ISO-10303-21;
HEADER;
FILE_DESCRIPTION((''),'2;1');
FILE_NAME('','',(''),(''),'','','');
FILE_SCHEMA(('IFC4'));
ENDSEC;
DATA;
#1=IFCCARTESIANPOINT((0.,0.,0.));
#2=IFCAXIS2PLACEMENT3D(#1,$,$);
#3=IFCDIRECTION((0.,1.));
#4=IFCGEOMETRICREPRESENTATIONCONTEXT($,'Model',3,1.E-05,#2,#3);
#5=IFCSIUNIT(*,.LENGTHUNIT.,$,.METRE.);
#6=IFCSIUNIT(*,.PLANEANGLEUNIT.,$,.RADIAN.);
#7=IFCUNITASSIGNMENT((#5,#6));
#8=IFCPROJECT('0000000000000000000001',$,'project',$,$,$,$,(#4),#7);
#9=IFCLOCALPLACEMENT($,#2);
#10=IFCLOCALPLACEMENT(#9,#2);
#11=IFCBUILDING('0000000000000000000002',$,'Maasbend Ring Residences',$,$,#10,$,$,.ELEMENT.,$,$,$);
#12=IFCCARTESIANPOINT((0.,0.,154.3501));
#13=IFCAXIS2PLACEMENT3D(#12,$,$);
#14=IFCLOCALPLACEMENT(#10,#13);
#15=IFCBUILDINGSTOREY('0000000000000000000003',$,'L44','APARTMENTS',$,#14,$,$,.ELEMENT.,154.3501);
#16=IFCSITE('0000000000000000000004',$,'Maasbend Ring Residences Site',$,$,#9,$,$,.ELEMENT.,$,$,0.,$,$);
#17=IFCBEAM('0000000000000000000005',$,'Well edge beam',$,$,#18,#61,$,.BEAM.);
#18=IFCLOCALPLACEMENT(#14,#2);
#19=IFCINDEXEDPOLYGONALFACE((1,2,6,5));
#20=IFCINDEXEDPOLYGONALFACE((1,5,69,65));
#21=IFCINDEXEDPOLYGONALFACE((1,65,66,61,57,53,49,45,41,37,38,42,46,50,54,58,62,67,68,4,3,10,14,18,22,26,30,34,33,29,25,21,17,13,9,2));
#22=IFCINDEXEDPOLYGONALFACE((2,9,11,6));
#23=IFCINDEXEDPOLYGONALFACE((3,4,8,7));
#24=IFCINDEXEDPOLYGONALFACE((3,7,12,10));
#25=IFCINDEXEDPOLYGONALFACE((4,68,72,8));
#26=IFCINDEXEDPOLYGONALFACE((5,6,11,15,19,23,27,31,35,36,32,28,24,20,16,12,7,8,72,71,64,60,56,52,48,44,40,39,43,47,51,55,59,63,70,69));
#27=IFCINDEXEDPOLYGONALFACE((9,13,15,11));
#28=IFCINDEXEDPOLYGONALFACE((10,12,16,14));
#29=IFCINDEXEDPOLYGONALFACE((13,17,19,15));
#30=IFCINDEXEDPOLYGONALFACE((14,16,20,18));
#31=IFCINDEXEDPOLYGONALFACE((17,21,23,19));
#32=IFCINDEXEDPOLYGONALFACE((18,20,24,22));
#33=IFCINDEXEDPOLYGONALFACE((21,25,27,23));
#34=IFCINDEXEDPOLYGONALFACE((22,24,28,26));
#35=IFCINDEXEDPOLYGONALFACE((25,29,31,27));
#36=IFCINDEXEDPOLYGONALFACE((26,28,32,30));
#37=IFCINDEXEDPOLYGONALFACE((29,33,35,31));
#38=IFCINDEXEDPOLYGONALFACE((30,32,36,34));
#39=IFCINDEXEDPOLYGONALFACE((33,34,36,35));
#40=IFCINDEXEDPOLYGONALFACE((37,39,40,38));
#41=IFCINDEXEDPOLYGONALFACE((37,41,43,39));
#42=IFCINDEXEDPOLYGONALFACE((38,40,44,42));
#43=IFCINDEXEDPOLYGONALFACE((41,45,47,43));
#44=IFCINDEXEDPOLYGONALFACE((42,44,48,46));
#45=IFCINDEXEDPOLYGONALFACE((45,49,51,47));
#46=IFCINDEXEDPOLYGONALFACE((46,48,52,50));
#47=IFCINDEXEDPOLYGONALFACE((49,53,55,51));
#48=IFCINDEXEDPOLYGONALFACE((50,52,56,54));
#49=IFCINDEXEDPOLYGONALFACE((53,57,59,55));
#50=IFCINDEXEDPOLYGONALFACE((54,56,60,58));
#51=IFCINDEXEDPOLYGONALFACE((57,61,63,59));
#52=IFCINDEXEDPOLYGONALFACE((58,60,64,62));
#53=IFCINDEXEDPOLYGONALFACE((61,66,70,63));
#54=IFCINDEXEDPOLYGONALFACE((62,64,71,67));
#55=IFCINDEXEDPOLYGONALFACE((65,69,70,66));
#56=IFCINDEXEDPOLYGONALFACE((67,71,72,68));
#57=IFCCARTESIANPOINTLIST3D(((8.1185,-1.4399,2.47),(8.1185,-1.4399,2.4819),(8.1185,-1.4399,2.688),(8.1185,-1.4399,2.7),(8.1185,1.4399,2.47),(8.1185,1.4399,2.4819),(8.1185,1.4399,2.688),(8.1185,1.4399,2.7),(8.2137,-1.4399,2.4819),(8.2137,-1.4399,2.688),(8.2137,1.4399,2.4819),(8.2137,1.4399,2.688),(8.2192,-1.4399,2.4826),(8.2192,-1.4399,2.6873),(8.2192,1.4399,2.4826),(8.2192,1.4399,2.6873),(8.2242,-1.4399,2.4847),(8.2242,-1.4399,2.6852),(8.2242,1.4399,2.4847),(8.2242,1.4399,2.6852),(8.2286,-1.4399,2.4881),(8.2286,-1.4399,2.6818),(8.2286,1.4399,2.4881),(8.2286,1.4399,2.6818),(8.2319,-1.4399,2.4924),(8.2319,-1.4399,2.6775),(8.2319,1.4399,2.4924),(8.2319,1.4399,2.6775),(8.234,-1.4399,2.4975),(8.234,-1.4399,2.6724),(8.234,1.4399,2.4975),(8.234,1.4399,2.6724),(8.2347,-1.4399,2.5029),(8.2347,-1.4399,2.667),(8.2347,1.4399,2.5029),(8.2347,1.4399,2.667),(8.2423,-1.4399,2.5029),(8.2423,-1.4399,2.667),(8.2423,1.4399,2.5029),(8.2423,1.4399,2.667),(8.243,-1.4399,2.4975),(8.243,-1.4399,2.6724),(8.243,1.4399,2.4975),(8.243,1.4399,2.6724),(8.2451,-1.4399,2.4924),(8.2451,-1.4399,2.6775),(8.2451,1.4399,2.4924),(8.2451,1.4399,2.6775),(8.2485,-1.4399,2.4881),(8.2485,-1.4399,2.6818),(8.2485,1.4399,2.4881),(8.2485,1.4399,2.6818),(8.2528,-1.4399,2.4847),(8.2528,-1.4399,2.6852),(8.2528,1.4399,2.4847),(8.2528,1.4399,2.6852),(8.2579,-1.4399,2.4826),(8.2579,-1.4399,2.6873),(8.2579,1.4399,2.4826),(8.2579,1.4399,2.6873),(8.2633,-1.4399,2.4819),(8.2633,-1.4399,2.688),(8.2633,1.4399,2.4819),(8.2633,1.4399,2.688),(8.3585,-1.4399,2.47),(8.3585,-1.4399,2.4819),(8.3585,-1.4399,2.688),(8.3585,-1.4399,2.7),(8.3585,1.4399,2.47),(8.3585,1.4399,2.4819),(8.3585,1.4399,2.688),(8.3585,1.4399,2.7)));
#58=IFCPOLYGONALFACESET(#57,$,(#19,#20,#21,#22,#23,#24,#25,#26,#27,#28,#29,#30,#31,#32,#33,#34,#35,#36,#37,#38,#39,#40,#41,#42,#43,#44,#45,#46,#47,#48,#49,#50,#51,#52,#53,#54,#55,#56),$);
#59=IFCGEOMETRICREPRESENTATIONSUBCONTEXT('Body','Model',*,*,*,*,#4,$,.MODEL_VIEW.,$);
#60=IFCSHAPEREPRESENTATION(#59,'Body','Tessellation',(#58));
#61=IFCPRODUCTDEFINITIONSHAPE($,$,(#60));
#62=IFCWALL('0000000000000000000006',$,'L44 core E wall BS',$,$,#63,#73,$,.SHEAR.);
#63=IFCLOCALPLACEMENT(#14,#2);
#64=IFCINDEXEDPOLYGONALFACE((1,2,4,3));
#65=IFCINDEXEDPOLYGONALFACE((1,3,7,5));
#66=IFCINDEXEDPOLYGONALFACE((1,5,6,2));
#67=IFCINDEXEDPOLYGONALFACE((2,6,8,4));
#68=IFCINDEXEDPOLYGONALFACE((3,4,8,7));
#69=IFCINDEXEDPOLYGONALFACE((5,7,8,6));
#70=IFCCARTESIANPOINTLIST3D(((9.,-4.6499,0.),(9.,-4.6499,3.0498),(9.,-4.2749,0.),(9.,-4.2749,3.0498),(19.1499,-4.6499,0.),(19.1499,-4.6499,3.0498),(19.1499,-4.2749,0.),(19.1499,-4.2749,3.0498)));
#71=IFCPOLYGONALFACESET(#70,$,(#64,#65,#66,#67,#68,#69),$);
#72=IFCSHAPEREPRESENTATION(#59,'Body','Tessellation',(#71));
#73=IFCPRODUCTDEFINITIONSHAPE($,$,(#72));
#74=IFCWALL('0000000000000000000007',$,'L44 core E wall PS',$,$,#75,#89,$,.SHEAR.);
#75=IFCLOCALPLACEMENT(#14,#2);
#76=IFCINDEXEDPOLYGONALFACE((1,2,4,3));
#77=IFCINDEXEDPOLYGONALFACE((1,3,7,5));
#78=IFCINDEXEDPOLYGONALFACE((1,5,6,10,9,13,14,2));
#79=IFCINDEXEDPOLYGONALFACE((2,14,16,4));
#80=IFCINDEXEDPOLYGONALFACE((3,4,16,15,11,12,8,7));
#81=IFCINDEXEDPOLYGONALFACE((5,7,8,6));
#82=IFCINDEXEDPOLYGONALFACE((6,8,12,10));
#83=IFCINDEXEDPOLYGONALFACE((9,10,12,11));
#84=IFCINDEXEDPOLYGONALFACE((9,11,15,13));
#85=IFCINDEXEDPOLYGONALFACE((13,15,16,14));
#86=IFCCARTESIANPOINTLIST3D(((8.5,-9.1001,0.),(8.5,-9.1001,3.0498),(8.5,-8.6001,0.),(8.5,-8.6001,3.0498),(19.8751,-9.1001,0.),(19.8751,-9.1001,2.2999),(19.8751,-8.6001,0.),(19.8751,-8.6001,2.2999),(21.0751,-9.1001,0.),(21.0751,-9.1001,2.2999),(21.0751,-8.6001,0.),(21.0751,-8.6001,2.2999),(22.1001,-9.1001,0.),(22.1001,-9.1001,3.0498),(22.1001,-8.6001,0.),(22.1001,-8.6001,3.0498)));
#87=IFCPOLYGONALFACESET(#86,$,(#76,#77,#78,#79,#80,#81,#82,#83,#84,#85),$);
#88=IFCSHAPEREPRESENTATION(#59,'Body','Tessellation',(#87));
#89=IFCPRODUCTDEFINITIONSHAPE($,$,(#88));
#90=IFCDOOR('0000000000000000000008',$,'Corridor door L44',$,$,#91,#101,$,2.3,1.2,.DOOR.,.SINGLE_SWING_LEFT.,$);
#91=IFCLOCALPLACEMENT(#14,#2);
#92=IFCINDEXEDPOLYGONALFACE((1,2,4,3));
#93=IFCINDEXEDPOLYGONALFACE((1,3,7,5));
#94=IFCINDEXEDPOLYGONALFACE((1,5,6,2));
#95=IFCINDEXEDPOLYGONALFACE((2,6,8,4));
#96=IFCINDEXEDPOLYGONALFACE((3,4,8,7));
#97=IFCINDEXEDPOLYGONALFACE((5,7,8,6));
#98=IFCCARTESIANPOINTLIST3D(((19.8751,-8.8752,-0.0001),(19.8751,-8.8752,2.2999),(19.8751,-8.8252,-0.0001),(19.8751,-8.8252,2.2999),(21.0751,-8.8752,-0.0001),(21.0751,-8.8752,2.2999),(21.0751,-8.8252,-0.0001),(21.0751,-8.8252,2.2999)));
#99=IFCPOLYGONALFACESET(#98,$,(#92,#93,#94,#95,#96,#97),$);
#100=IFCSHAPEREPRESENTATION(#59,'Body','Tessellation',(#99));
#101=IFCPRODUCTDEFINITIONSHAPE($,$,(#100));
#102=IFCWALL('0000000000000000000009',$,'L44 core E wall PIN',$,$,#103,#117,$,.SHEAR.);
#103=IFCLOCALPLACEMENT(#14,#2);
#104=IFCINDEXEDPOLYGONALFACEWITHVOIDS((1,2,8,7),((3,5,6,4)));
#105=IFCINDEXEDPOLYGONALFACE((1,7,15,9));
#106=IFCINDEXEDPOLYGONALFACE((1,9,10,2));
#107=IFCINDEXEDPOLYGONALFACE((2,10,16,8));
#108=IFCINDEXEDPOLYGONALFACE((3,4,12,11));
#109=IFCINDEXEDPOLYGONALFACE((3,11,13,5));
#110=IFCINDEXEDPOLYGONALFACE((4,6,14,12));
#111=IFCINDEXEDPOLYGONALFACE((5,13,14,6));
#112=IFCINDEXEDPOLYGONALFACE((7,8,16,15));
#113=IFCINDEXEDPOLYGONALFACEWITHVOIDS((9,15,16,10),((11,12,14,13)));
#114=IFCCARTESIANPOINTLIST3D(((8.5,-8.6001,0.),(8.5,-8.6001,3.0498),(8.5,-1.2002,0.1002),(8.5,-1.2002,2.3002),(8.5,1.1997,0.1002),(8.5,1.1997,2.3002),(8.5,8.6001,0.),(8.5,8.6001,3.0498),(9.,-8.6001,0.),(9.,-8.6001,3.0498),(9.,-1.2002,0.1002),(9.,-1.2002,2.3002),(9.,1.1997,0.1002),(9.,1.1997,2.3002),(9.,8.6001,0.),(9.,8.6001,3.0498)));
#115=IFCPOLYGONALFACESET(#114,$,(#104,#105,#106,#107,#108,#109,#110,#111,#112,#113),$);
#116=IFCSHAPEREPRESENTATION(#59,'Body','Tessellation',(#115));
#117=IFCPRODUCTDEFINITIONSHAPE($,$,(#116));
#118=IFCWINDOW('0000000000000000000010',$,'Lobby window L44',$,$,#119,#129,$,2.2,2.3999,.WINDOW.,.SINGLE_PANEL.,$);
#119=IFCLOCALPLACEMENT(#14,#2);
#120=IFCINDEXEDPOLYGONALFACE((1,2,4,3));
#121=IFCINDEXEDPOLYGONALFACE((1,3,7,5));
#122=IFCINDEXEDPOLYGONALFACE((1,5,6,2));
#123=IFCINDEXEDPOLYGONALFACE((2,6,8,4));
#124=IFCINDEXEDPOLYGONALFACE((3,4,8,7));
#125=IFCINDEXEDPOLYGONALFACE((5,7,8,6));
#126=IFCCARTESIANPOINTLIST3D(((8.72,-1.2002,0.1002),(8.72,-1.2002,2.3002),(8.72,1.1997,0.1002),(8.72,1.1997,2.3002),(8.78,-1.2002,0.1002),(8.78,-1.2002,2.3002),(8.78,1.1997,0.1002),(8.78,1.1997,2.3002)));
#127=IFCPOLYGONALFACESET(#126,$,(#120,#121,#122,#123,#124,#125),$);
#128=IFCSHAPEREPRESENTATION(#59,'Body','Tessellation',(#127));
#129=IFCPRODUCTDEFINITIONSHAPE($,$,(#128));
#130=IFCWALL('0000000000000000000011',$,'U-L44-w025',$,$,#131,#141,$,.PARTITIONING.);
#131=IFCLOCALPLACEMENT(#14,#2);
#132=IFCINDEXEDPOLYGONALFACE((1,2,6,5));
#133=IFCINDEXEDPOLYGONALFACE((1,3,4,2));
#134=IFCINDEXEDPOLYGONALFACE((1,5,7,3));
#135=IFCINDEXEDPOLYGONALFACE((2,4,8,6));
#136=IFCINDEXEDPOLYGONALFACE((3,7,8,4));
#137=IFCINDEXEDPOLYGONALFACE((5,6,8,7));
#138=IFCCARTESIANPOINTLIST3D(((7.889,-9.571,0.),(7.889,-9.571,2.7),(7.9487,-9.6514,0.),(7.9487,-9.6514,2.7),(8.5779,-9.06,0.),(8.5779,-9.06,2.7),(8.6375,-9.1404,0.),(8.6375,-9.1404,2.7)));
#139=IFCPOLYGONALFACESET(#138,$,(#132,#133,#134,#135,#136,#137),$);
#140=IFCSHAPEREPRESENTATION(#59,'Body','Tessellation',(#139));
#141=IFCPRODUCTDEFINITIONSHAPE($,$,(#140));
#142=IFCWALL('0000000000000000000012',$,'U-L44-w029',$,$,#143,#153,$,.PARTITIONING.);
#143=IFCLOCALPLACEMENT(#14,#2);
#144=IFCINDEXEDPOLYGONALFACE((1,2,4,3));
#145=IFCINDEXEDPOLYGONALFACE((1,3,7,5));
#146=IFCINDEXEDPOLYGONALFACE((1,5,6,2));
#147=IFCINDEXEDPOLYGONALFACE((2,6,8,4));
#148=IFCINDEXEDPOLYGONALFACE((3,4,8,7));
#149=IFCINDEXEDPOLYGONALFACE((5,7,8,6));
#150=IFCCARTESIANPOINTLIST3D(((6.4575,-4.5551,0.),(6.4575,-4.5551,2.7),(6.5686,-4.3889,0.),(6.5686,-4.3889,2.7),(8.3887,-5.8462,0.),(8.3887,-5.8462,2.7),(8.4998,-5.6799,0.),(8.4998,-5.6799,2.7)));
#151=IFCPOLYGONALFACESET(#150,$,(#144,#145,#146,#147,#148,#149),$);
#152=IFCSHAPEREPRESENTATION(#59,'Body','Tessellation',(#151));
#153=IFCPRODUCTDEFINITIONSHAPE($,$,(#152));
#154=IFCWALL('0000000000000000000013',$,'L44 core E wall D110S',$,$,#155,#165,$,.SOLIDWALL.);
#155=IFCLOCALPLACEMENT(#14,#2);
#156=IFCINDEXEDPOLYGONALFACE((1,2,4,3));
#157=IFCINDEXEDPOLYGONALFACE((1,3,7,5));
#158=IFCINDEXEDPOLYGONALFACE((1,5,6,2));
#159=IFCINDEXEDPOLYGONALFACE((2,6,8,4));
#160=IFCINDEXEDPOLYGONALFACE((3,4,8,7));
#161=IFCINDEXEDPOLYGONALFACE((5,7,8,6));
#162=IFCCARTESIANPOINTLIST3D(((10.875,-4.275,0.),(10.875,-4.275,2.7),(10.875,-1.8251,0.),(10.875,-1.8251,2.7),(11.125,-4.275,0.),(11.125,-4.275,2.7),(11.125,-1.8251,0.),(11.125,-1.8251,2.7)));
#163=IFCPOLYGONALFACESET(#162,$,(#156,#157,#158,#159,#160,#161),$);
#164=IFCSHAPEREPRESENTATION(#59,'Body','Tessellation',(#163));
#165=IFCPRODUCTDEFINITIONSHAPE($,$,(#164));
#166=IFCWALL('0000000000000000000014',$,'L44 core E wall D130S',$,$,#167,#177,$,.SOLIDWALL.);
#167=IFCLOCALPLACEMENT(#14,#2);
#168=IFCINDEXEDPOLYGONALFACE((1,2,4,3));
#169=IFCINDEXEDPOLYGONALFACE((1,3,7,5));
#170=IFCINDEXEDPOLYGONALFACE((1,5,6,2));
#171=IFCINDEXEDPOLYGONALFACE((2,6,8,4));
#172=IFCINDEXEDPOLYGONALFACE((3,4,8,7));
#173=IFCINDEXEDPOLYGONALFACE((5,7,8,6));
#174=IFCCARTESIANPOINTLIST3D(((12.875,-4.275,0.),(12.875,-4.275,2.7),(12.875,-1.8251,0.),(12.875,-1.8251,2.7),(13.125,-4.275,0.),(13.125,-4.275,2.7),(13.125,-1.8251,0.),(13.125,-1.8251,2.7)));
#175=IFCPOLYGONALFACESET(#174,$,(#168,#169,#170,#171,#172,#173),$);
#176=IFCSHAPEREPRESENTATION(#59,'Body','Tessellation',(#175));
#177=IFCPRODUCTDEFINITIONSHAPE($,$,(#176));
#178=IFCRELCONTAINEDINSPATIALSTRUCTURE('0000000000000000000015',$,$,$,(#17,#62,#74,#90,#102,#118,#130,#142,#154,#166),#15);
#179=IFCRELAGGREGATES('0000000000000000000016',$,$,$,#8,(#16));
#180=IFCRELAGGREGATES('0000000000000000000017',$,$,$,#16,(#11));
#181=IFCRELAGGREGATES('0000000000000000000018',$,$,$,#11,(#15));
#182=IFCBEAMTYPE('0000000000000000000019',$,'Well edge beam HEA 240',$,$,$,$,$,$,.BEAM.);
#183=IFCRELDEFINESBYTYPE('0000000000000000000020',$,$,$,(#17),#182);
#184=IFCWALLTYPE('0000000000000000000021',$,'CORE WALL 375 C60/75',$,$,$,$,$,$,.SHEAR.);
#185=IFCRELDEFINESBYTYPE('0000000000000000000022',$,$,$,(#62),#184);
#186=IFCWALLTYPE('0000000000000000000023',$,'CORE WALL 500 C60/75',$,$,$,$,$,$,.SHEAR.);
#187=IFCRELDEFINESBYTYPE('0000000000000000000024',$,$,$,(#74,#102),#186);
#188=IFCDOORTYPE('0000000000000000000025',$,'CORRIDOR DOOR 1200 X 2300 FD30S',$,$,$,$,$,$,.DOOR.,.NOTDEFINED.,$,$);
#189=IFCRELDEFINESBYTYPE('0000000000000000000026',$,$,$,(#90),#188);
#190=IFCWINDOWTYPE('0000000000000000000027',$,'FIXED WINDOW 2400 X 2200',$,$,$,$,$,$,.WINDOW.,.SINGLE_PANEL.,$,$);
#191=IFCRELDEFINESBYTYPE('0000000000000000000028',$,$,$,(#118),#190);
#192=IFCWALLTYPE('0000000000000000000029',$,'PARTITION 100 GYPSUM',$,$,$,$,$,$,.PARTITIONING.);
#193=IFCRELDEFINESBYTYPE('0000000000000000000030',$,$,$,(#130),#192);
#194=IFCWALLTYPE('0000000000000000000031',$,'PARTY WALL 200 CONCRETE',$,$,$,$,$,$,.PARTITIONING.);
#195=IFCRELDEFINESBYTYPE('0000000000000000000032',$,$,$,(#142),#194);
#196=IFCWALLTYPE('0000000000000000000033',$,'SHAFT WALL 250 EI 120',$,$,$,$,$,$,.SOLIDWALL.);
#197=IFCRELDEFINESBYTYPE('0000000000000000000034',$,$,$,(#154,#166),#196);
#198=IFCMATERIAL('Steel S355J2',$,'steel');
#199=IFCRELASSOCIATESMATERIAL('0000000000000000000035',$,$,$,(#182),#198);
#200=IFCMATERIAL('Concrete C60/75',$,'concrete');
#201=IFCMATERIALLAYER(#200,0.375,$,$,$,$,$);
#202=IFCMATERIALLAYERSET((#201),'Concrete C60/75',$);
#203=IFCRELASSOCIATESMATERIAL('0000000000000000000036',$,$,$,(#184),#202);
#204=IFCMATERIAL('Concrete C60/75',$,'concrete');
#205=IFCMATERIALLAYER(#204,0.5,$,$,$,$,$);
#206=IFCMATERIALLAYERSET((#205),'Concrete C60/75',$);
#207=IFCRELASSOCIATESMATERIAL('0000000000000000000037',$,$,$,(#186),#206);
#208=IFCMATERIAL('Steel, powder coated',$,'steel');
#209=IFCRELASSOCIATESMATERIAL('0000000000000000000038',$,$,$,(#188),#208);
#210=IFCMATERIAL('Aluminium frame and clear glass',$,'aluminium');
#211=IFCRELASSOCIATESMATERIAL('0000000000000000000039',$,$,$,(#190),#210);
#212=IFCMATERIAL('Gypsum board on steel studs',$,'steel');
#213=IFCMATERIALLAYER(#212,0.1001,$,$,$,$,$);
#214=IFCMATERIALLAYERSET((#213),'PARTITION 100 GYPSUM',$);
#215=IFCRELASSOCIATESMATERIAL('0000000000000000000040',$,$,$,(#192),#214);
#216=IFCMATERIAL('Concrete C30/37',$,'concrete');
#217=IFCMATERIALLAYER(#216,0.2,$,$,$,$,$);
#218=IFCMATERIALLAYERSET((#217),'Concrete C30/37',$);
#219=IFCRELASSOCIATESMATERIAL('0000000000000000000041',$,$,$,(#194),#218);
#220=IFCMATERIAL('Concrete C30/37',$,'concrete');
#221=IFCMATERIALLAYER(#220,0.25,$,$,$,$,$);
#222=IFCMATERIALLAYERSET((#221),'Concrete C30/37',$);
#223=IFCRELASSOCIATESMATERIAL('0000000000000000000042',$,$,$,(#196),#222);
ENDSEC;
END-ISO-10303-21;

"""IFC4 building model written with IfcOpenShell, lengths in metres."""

from ifc_helpers import new_model, si_unit, direction, frame, frame_2d, origin, origin_2d, place, context, subcontext, project, spatial, rectangle, i_section, extrude, material, layer, layer_set, material_profile, profile_set, type_object, element, fill, save


model = new_model("IFC4")

# Units and contexts
model_context = context("Model", 3, precision=1e-05, world=origin(), true_north=direction((0.0, 1.0)))
body_context = subcontext(model_context, "Body", "Model", "MODEL_VIEW")
ifc_project = project(units=[si_unit("LENGTHUNIT", "METRE"), si_unit("PLANEANGLEUNIT", "RADIAN")], contexts=[model_context])

# Site, building, storey
site_placement = place(None, origin())
site = spatial("IfcSite", under=ifc_project, at=site_placement, Name="Maasbend Ring Residences Site", CompositionType="ELEMENT", RefElevation=0.0)
building_placement = place(site_placement, origin())
building = spatial("IfcBuilding", under=site, at=building_placement, Name="Maasbend Ring Residences", CompositionType="ELEMENT")
storey_placement = place(building_placement, frame((0.0, 0.0, 154.3501)))
storey = spatial("IfcBuildingStorey", under=building, at=storey_placement, Name="L44", Description="APARTMENTS", CompositionType="ELEMENT", Elevation=154.3501)

# Beam
ifc_material_1 = material(Name="Steel S355J2", Category="steel")
ifc_material_profile_1 = material_profile(ifc_material_1, i_section(OverallWidth=0.24, OverallDepth=0.23, WebThickness=0.0076, FlangeThickness=0.012, FilletRadius=0.021, at=origin_2d()), Name="HEA 240")
ifc_profile_set_1 = profile_set([ifc_material_profile_1], Name="Steel S355J2")
beam_type = type_object("IfcBeamType", Name="Well edge beam HEA 240", PredefinedType="BEAM", material=ifc_profile_set_1)
for number, where, z_axis, x_axis, name in (
    (1, (8.2385, -1.4399, 2.585), (0.0, 1.0, 0.0), (-1.0, 0.0, 0.0), "Well edge beam"),
):
    element("IfcBeam", number, at=place(storey_placement, frame(where, z_axis=z_axis, x_axis=x_axis)), inside=storey, type_object=beam_type, Name=name, PredefinedType="BEAM", context=body_context, shape_type="SweptSolid", body=[
        extrude(i_section(OverallWidth=0.24, OverallDepth=0.23, WebThickness=0.0076, FlangeThickness=0.012, FilletRadius=0.021, at=origin_2d()), origin(), (0.0, 0.0, 1.0), 2.8799),
    ])

# Wall
ifc_material_2 = material(Name="Concrete C60/75", Category="concrete")
ifc_layer_1 = layer(ifc_material_2, 0.375)
ifc_layer_set_1 = layer_set([ifc_layer_1], Name="Concrete C60/75")
wall_type_1 = type_object("IfcWallType", Name="CORE WALL 375 C60/75", PredefinedType="SHEAR", material=ifc_layer_set_1)
wall_1_placement = place(storey_placement, frame((9.0, -4.4624, 0.0), z_axis=(0.0, 0.0, 1.0), x_axis=(1.0, 0.0, 0.0)))
element("IfcWall", 2, at=wall_1_placement, inside=storey, type_object=wall_type_1, Name="L44 core E wall BS", PredefinedType="SHEAR", context=body_context, shape_type="SweptSolid", body=[
    extrude(rectangle(XDim=10.1499, YDim=0.375, at=frame_2d((5.075, 0.0))), origin(), (0.0, 0.0, 1.0), 3.0498),
])

# Wall, opening, door
ifc_material_3 = material(Name="Concrete C60/75", Category="concrete")
ifc_layer_2 = layer(ifc_material_3, 0.5)
ifc_layer_set_2 = layer_set([ifc_layer_2], Name="Concrete C60/75")
wall_type_2 = type_object("IfcWallType", Name="CORE WALL 500 C60/75", PredefinedType="SHEAR", material=ifc_layer_set_2)
wall_2_placement = place(storey_placement, frame((8.5, -8.8501, 0.0), z_axis=(0.0, 0.0, 1.0), x_axis=(1.0, 0.0, 0.0)))
wall_2 = element("IfcWall", 3, at=wall_2_placement, inside=storey, type_object=wall_type_2, Name="L44 core E wall PS", PredefinedType="SHEAR", context=body_context, shape_type="SweptSolid", body=[
    extrude(rectangle(XDim=13.6001, YDim=0.5, at=frame_2d((6.8, 0.0))), origin(), (0.0, 0.0, 1.0), 3.0498),
])
opening_1_placement = place(wall_2_placement, frame((11.375, 0.0, 0.0)))
opening_1 = element("IfcOpeningElement", 4, at=opening_1_placement, cuts=wall_2, PredefinedType="OPENING", context=body_context, shape_type="SweptSolid", body=[
    extrude(rectangle(XDim=1.2, YDim=2.3, at=frame_2d((0.6001, 1.1499))), frame((0.0, 0.26, 0.0), z_axis=(0.0, -1.0, 0.0), x_axis=(1.0, 0.0, 0.0)), (0.0, 0.0, 1.0), 0.52),
])
ifc_material_4 = material(Name="Steel, powder coated", Category="steel")
door_type = type_object("IfcDoorType", Name="CORRIDOR DOOR 1200 X 2300 FD30S", OperationType="NOTDEFINED", PredefinedType="DOOR", material=ifc_material_4)
door_placement = place(opening_1_placement, origin())
door = element("IfcDoor", 5, at=door_placement, inside=storey, type_object=door_type, Name="Corridor door L44", OperationType="SINGLE_SWING_LEFT", OverallHeight=2.3, OverallWidth=1.2, PredefinedType="DOOR", context=body_context, shape_type="SweptSolid", body=[
    extrude(rectangle(XDim=1.2, YDim=2.3, at=frame_2d((0.6001, 1.1499))), frame((0.0, 0.0249, 0.0), z_axis=(0.0, -1.0, 0.0), x_axis=(1.0, 0.0, 0.0)), (0.0, 0.0, 1.0), 0.05),
])
fill(opening_1, door)

# Wall, opening, window
wall_3_placement = place(storey_placement, frame((8.75, -8.6001, 0.0), z_axis=(0.0, 0.0, 1.0), x_axis=(0.0, 1.0, 0.0)))
wall_3 = element("IfcWall", 6, at=wall_3_placement, inside=storey, type_object=wall_type_2, Name="L44 core E wall PIN", PredefinedType="SHEAR", context=body_context, shape_type="SweptSolid", body=[
    extrude(rectangle(XDim=17.2002, YDim=0.5, at=frame_2d((8.6001, 0.0))), origin(), (0.0, 0.0, 1.0), 3.0498),
])
opening_2_placement = place(wall_3_placement, frame((7.3999, 0.0, 0.1001)))
opening_2 = element("IfcOpeningElement", 7, at=opening_2_placement, cuts=wall_3, PredefinedType="OPENING", context=body_context, shape_type="SweptSolid", body=[
    extrude(rectangle(XDim=2.3999, YDim=2.2, at=frame_2d((1.2, 1.1001))), frame((0.0, 0.26, 0.0), z_axis=(0.0, -1.0, 0.0), x_axis=(1.0, 0.0, 0.0)), (0.0, 0.0, 1.0), 0.52),
])
ifc_material_5 = material(Name="Aluminium frame and clear glass", Category="aluminium")
window_type = type_object("IfcWindowType", Name="FIXED WINDOW 2400 X 2200", PartitioningType="SINGLE_PANEL", PredefinedType="WINDOW", material=ifc_material_5)
window_placement = place(opening_2_placement, origin())
window = element("IfcWindow", 8, at=window_placement, inside=storey, type_object=window_type, Name="Lobby window L44", OverallHeight=2.2, OverallWidth=2.3999, PartitioningType="SINGLE_PANEL", PredefinedType="WINDOW", context=body_context, shape_type="SweptSolid", body=[
    extrude(rectangle(XDim=2.3999, YDim=2.2, at=frame_2d((1.2, 1.1001))), frame((0.0, 0.03, 0.0), z_axis=(0.0, -1.0, 0.0), x_axis=(1.0, 0.0, 0.0)), (0.0, 0.0, 1.0), 0.0601),
])
fill(opening_2, window)

# Walls
ifc_material_6 = material(Name="Gypsum board on steel studs", Category="steel")
ifc_layer_3 = layer(ifc_material_6, 0.1001)
ifc_layer_set_3 = layer_set([ifc_layer_3], Name="PARTITION 100 GYPSUM")
wall_type_3 = type_object("IfcWallType", Name="PARTITION 100 GYPSUM", PredefinedType="PARTITIONING", material=ifc_layer_set_3)
wall_4_placement = place(storey_placement, frame((7.9189, -9.6111, 0.0), z_axis=(0.0, 0.0, 1.0), x_axis=(0.803199, 0.595711, 0.0)))
element("IfcWall", 9, at=wall_4_placement, inside=storey, type_object=wall_type_3, Name="U-L44-w025", PredefinedType="PARTITIONING", context=body_context, shape_type="SweptSolid", body=[
    extrude(rectangle(XDim=0.8577, YDim=0.1001, at=frame_2d((0.4287, 0.0))), origin(), (0.0, 0.0, 1.0), 2.7),
])
ifc_material_7 = material(Name="Concrete C30/37", Category="concrete")
ifc_layer_4 = layer(ifc_material_7, 0.2)
ifc_layer_set_4 = layer_set([ifc_layer_4], Name="Concrete C30/37")
wall_type_4 = type_object("IfcWallType", Name="PARTY WALL 200 CONCRETE", PredefinedType="PARTITIONING", material=ifc_layer_set_4)
wall_5_placement = place(storey_placement, frame((6.5129, -4.4719, 0.0), z_axis=(0.0, 0.0, 1.0), x_axis=(0.831338, -0.555767, 0.0)))
element("IfcWall", 10, at=wall_5_placement, inside=storey, type_object=wall_type_4, Name="U-L44-w029", PredefinedType="PARTITIONING", context=body_context, shape_type="SweptSolid", body=[
    extrude(rectangle(XDim=2.323, YDim=0.2, at=frame_2d((1.1616, 0.0))), origin(), (0.0, 0.0, 1.0), 2.7),
])
ifc_material_8 = material(Name="Concrete C30/37", Category="concrete")
ifc_layer_5 = layer(ifc_material_8, 0.25)
ifc_layer_set_5 = layer_set([ifc_layer_5], Name="Concrete C30/37")
wall_type_5 = type_object("IfcWallType", Name="SHAFT WALL 250 EI 120", PredefinedType="SOLIDWALL", material=ifc_layer_set_5)
for number, where, z_axis, x_axis, name in (
    (11, (11.0, -1.825, 0.0), (0.0, 0.0, 1.0), (0.0, -1.0, 0.0), "L44 core E wall D110S"),
    (12, (13.0, -1.825, 0.0), (0.0, 0.0, 1.0), (0.0, -1.0, 0.0), "L44 core E wall D130S"),
):
    element("IfcWall", number, at=place(storey_placement, frame(where, z_axis=z_axis, x_axis=x_axis)), inside=storey, type_object=wall_type_5, Name=name, PredefinedType="SOLIDWALL", context=body_context, shape_type="SweptSolid", body=[
        extrude(rectangle(XDim=2.45, YDim=0.25, at=frame_2d((1.2251, 0.0))), origin(), (0.0, 0.0, 1.0), 2.7),
    ])

save(model, "model.ifc")
